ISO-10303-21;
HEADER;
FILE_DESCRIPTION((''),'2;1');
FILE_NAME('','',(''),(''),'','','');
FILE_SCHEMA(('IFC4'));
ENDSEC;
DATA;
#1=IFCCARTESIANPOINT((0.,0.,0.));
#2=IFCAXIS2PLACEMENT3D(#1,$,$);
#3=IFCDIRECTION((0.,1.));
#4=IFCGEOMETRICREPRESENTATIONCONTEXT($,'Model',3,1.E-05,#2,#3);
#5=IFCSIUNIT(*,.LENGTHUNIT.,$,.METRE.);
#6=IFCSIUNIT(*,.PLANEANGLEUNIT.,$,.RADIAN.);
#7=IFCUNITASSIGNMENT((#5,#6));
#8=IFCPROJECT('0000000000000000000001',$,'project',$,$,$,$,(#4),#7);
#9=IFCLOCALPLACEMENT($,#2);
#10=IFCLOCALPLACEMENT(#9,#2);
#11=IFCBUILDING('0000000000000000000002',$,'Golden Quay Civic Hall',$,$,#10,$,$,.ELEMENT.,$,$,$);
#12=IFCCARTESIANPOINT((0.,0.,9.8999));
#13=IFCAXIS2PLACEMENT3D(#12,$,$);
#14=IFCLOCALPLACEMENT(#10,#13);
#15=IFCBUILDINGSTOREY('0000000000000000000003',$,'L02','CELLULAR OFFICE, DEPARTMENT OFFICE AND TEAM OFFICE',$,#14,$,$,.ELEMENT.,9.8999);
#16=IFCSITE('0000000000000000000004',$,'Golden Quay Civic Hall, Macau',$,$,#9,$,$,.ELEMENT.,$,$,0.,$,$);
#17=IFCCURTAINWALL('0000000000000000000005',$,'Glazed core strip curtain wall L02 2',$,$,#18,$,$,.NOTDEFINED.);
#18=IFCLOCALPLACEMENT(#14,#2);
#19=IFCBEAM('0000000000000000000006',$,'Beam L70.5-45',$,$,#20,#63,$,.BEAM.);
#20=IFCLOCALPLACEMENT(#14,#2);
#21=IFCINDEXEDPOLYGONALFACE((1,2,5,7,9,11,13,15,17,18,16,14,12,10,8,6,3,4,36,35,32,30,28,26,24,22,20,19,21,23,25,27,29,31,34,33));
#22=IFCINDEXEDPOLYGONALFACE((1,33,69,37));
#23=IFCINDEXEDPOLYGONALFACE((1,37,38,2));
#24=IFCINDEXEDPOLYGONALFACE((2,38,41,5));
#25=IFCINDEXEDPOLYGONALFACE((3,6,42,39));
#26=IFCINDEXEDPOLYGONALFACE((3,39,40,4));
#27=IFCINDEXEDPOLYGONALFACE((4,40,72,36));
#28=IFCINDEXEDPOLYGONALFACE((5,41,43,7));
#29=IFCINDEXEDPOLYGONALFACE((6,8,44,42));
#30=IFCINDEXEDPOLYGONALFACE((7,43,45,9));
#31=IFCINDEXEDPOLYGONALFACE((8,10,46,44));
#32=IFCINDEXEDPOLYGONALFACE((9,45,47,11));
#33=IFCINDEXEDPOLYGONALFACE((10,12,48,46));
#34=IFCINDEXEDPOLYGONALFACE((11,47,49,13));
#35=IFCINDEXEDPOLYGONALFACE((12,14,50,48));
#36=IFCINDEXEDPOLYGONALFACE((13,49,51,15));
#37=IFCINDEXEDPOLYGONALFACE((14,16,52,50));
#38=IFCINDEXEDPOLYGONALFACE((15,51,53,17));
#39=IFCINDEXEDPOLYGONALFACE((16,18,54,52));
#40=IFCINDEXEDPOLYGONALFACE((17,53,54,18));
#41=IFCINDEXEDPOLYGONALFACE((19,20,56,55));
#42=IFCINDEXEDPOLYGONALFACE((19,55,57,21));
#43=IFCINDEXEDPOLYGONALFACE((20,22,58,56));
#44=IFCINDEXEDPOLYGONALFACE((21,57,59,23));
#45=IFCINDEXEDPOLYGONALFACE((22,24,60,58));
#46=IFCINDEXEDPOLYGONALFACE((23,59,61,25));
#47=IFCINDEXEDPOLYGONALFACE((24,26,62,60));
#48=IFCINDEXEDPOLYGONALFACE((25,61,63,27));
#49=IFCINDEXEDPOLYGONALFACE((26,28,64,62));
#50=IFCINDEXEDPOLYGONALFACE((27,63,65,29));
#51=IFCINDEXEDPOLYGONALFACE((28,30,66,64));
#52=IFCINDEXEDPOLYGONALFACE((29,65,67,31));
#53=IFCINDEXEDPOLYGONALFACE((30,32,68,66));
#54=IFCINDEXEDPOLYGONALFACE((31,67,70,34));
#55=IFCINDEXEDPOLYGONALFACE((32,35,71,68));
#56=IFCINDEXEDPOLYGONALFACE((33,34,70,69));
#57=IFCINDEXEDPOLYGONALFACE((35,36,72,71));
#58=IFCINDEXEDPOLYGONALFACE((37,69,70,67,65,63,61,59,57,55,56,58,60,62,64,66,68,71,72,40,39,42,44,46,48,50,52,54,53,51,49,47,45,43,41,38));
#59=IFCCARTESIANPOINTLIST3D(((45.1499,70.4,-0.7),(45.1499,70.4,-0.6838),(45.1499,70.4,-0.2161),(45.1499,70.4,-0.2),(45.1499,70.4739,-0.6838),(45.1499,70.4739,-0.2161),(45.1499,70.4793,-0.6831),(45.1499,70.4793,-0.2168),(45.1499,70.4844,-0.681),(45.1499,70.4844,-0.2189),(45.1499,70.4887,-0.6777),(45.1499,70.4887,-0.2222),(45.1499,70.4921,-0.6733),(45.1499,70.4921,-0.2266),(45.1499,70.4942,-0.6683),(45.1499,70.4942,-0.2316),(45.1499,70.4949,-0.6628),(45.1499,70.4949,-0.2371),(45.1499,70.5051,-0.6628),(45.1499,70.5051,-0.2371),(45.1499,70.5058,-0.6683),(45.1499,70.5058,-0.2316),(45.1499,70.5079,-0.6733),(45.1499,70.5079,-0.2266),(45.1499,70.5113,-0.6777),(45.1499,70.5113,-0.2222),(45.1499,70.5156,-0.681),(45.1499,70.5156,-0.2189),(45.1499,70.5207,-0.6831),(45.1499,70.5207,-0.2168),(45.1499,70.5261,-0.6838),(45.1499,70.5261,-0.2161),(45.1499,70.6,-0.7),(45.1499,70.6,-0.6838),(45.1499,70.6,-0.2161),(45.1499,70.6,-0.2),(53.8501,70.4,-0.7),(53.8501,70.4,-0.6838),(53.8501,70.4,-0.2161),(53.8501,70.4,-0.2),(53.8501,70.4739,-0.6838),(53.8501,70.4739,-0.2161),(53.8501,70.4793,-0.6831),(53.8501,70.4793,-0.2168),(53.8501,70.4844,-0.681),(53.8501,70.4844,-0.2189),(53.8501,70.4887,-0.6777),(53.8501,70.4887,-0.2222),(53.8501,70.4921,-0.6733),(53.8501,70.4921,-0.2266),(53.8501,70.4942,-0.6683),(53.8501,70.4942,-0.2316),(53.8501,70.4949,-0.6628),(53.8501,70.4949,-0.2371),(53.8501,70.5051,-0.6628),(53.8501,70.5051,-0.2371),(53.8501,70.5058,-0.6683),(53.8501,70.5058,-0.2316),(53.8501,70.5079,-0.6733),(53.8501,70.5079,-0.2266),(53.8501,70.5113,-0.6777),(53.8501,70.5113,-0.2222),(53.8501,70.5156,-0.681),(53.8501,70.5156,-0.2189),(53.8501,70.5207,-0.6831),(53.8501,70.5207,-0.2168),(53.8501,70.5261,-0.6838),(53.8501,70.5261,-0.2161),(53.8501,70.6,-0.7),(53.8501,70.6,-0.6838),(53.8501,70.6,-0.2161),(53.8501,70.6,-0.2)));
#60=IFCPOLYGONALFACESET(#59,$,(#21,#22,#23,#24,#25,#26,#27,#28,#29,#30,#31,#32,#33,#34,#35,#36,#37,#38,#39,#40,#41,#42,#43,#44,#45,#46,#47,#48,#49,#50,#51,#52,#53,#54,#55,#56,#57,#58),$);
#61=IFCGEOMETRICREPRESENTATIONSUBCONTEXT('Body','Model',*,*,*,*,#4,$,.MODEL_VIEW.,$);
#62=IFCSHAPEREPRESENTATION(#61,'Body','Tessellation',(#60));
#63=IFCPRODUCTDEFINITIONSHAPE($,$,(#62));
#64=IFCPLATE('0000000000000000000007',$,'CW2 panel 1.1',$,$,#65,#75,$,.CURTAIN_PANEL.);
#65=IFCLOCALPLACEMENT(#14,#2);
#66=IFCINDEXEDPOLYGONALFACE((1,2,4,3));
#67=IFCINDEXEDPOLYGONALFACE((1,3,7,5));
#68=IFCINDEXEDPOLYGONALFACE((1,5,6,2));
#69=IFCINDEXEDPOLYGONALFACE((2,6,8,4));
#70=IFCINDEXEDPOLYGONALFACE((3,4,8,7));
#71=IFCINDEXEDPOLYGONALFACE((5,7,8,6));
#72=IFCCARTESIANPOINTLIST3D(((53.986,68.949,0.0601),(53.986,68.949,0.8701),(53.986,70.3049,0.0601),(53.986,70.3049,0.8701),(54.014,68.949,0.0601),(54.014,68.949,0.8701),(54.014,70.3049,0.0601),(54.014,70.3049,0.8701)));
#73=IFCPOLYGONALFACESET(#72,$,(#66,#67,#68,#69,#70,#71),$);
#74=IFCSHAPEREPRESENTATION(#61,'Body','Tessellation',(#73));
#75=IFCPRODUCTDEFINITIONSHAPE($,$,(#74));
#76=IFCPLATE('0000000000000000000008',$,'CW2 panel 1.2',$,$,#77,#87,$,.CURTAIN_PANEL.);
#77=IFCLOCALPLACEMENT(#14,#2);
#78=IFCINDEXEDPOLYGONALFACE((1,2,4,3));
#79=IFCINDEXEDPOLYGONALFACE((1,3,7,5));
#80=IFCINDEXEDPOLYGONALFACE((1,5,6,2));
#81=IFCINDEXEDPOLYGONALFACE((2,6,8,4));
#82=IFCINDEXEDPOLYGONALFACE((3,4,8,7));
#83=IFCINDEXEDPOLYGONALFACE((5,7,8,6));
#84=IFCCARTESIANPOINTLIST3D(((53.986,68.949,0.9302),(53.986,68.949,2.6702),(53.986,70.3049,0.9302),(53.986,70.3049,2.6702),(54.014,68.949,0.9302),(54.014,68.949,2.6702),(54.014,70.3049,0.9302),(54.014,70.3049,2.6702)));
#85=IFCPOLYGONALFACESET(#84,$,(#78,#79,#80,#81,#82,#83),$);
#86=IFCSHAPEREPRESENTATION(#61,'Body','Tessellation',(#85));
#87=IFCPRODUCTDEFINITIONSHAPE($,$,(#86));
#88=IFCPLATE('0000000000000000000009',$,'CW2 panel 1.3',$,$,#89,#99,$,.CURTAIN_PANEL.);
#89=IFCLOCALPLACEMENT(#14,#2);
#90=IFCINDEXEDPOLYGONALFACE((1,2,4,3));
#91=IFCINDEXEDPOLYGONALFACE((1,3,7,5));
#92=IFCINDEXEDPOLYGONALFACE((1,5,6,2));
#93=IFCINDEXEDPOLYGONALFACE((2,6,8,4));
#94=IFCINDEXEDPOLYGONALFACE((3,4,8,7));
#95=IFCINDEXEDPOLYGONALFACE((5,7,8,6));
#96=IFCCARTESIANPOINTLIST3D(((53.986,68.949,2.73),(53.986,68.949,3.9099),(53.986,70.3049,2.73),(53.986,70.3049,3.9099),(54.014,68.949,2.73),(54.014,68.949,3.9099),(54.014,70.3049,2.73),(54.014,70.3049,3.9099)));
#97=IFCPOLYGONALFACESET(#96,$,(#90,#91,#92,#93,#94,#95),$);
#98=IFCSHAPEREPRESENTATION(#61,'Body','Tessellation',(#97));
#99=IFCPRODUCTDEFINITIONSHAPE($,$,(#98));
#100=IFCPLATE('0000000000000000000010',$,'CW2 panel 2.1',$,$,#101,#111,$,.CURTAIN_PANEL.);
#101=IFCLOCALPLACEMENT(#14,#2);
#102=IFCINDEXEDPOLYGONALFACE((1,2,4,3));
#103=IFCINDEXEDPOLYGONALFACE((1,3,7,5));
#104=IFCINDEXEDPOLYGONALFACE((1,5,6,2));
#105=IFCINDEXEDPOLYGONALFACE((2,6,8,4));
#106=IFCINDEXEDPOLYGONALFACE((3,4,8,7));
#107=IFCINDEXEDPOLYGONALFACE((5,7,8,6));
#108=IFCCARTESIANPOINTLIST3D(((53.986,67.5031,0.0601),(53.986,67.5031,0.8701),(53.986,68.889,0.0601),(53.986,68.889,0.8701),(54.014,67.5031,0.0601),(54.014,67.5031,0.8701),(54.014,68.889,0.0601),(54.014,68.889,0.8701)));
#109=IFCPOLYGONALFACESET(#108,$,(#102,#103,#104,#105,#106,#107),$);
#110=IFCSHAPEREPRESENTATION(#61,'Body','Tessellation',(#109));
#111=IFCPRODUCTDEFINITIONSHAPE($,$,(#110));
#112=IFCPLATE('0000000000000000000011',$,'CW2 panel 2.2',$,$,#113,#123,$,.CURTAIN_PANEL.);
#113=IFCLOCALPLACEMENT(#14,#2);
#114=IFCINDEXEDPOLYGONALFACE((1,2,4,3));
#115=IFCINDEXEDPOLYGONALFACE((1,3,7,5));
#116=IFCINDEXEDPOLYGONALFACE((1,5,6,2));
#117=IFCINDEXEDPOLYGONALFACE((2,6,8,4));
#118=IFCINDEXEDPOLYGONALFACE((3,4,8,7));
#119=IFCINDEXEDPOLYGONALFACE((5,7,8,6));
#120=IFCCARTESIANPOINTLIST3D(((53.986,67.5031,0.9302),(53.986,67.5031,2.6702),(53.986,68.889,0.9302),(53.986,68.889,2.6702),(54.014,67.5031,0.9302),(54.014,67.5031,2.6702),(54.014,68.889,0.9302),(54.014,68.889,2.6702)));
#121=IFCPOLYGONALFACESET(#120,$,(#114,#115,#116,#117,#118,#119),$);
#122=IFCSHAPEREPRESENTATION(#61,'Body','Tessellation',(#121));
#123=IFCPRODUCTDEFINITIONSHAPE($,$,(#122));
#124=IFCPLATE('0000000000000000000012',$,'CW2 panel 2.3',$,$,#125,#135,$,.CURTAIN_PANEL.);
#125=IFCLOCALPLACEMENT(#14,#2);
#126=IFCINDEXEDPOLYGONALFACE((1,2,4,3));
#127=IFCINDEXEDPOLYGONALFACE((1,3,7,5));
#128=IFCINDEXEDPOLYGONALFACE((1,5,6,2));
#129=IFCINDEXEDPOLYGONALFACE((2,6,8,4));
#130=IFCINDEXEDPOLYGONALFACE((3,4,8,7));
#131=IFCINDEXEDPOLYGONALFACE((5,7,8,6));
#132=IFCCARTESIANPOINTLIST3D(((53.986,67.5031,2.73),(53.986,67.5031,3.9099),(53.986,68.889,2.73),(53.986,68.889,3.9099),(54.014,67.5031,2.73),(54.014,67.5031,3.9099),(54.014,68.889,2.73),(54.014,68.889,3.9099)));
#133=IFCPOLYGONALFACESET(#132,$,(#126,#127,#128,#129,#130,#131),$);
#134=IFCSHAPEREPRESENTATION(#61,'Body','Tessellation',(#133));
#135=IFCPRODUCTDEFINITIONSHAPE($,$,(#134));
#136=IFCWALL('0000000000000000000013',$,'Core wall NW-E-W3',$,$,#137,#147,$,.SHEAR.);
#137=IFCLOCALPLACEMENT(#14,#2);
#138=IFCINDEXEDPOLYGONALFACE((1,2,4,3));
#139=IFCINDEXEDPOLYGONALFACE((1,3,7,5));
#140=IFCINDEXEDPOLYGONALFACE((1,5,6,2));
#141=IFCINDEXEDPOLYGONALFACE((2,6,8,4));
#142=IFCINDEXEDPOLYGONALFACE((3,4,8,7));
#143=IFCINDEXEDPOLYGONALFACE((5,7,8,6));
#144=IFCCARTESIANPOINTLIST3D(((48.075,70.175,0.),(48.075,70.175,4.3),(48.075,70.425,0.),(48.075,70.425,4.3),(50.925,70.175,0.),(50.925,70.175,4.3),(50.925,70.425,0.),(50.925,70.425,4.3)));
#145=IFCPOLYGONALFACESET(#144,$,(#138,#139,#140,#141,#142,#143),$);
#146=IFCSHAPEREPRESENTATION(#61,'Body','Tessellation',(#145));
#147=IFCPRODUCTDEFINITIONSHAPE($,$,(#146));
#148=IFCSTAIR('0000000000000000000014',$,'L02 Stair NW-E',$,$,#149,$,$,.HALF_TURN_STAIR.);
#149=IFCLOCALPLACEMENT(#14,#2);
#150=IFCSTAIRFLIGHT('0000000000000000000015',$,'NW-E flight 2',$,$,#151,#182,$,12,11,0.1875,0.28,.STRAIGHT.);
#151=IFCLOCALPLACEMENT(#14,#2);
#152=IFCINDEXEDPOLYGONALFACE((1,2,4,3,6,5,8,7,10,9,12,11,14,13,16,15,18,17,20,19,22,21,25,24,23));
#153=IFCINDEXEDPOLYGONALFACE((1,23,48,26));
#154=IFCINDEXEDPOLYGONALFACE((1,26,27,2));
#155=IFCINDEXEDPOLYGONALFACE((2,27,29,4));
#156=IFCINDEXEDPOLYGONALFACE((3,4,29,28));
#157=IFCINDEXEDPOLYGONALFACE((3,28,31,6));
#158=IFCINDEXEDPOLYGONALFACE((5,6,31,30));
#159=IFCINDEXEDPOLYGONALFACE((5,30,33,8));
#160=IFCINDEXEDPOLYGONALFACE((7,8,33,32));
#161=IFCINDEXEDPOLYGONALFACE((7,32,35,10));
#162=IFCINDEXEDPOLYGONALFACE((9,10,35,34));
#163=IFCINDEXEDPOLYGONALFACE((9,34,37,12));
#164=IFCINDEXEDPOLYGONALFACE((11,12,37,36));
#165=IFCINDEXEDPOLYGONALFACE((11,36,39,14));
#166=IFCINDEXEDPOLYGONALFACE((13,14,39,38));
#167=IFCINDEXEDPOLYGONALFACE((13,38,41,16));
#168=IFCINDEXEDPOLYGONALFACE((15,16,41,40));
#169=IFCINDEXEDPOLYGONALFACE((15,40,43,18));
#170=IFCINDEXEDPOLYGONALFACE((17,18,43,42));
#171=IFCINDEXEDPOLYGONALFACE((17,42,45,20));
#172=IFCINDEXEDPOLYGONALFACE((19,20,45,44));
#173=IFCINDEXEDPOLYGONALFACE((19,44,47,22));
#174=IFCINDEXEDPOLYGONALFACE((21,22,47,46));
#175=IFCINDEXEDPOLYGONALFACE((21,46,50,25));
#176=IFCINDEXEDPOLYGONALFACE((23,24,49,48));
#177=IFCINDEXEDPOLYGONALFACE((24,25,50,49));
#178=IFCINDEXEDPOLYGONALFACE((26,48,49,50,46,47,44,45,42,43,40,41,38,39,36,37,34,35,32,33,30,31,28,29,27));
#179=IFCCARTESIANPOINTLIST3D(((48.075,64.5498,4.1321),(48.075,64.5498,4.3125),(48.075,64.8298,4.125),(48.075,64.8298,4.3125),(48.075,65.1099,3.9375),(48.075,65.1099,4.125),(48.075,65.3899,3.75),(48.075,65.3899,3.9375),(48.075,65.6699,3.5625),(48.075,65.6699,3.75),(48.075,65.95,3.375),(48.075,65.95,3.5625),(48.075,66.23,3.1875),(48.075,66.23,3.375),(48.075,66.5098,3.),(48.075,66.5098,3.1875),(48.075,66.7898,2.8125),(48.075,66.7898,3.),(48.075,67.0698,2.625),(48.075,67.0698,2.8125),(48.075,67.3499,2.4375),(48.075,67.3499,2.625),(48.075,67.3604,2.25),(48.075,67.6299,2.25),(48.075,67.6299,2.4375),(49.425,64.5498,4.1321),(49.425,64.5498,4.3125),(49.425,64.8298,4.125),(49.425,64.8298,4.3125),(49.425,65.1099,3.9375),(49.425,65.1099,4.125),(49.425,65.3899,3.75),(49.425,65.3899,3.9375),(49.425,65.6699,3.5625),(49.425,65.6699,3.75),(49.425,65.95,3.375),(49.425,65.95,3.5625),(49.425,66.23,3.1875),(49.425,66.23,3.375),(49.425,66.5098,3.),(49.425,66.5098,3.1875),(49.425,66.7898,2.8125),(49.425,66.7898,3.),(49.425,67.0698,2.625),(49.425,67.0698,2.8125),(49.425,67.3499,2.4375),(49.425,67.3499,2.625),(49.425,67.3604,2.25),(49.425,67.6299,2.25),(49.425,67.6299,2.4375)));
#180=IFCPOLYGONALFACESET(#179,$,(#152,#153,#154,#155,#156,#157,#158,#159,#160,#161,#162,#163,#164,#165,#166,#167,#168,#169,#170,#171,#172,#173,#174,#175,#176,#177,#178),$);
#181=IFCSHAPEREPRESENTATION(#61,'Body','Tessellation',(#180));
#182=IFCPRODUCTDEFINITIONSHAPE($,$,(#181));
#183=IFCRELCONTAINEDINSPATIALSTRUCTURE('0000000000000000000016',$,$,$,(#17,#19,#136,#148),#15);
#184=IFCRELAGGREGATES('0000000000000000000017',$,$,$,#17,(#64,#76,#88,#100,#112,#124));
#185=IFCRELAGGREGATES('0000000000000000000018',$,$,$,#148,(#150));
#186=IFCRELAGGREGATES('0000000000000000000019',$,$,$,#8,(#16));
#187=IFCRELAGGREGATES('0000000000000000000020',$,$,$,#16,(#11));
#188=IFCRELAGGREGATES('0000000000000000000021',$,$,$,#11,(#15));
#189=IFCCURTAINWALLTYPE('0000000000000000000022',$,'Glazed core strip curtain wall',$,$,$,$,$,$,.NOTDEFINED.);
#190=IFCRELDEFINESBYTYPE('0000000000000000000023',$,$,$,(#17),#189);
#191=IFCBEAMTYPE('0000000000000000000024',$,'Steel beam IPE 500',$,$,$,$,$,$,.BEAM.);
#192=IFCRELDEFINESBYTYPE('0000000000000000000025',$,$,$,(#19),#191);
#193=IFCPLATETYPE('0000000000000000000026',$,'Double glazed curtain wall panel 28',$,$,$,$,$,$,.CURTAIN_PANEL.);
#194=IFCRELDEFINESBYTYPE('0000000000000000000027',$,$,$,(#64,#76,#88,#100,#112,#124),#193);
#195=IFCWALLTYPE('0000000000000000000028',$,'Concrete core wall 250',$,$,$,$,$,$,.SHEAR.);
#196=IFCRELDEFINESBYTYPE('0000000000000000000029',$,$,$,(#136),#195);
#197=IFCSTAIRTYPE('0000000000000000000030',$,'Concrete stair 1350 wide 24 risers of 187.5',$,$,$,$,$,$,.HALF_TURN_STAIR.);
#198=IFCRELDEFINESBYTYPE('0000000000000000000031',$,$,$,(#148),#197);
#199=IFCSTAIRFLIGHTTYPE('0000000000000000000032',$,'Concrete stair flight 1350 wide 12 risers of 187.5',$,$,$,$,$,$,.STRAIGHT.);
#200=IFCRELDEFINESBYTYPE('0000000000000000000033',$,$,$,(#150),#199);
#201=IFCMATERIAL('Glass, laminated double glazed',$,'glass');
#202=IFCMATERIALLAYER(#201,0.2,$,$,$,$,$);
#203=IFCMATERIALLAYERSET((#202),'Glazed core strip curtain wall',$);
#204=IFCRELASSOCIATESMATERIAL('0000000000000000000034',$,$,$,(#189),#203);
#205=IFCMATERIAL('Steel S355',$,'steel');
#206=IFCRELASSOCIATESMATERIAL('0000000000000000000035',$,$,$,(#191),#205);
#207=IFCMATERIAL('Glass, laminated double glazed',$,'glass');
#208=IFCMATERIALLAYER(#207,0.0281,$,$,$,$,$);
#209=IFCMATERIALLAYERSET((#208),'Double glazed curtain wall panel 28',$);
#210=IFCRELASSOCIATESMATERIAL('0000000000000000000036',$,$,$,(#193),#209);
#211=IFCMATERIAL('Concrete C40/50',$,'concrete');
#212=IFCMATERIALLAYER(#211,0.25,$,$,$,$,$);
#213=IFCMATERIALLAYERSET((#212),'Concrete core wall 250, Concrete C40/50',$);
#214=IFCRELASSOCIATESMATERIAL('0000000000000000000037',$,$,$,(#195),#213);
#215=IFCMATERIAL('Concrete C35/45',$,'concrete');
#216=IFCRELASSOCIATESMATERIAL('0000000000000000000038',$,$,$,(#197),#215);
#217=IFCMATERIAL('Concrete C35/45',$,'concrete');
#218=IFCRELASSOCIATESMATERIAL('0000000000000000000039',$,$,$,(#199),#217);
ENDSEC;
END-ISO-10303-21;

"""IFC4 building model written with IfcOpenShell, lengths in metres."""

from ifc_helpers import new_model, si_unit, direction, frame, frame_2d, origin, origin_2d, place, context, subcontext, project, spatial, polyline, rectangle, i_section, outline, extrude, material, layer, layer_set, material_profile, profile_set, type_object, element, aggregate, save


model = new_model("IFC4")

# Units and contexts
model_context = context("Model", 3, precision=1e-05, world=origin(), true_north=direction((0.0, 1.0)))
body_context = subcontext(model_context, "Body", "Model", "MODEL_VIEW")
ifc_project = project(units=[si_unit("LENGTHUNIT", "METRE"), si_unit("PLANEANGLEUNIT", "RADIAN")], contexts=[model_context])

# Site, building, storey
site_placement = place(None, origin())
site = spatial("IfcSite", under=ifc_project, at=site_placement, Name="Golden Quay Civic Hall, Macau", CompositionType="ELEMENT", RefElevation=0.0)
building_placement = place(site_placement, origin())
building = spatial("IfcBuilding", under=site, at=building_placement, Name="Golden Quay Civic Hall", CompositionType="ELEMENT")
storey_placement = place(building_placement, frame((0.0, 0.0, 9.8999)))
storey = spatial("IfcBuildingStorey", under=building, at=storey_placement, Name="L02", Description="CELLULAR OFFICE, DEPARTMENT OFFICE AND TEAM OFFICE", CompositionType="ELEMENT", Elevation=9.8999)

# Curtain wall
ifc_material_1 = material(Name="Glass, laminated double glazed", Category="glass")
ifc_layer_1 = layer(ifc_material_1, 0.2)
ifc_layer_set_1 = layer_set([ifc_layer_1], Name="Glazed core strip curtain wall")
curtain_wall_type = type_object("IfcCurtainWallType", Name="Glazed core strip curtain wall", PredefinedType="NOTDEFINED", material=ifc_layer_set_1)
curtain_wall_placement = place(storey_placement, origin())
curtain_wall = element("IfcCurtainWall", 1, at=curtain_wall_placement, inside=storey, type_object=curtain_wall_type, Name="Glazed core strip curtain wall L02 2", PredefinedType="NOTDEFINED")

# Beam
ifc_material_2 = material(Name="Steel S355", Category="steel")
ifc_material_profile_1 = material_profile(ifc_material_2, i_section(OverallWidth=0.2, OverallDepth=0.5, WebThickness=0.0103, FlangeThickness=0.0161, FilletRadius=0.021, at=origin_2d()), Name="IPE 500")
ifc_profile_set_1 = profile_set([ifc_material_profile_1], Name="Steel S355")
beam_type = type_object("IfcBeamType", Name="Steel beam IPE 500", PredefinedType="BEAM", material=ifc_profile_set_1)
beam_placement = place(storey_placement, frame((45.1499, 70.5, -0.45), z_axis=(1.0, 0.0, 0.0), x_axis=(0.0, 1.0, 0.0)))
element("IfcBeam", 2, at=beam_placement, inside=storey, type_object=beam_type, Name="Beam L70.5-45", PredefinedType="BEAM", context=body_context, shape_type="SweptSolid", body=[
    extrude(i_section(OverallWidth=0.2, OverallDepth=0.5, WebThickness=0.0103, FlangeThickness=0.0161, FilletRadius=0.021, at=origin_2d()), origin(), (0.0, 0.0, 1.0), 8.7002),
])

# Plates
ifc_material_3 = material(Name="Glass, laminated double glazed", Category="glass")
ifc_layer_2 = layer(ifc_material_3, 0.0281)
ifc_layer_set_2 = layer_set([ifc_layer_2], Name="Double glazed curtain wall panel 28")
plate_type = type_object("IfcPlateType", Name="Double glazed curtain wall panel 28", PredefinedType="CURTAIN_PANEL", material=ifc_layer_set_2)
plate_1_placement = place(storey_placement, frame((54.0, 69.627, 0.0601), z_axis=(0.0, 0.0, 1.0), x_axis=(0.0, -1.0, 0.0)))
plate_1 = element("IfcPlate", 3, at=plate_1_placement, type_object=plate_type, Name="CW2 panel 1.1", PredefinedType="CURTAIN_PANEL", context=body_context, shape_type="SweptSolid", body=[
    extrude(rectangle(XDim=1.356, YDim=0.0281, at=origin_2d()), origin(), (0.0, 0.0, 1.0), 0.8101),
])
plate_2_placement = place(storey_placement, frame((54.0, 69.627, 0.9302), z_axis=(0.0, 0.0, 1.0), x_axis=(0.0, -1.0, 0.0)))
plate_2 = element("IfcPlate", 4, at=plate_2_placement, type_object=plate_type, Name="CW2 panel 1.2", PredefinedType="CURTAIN_PANEL", context=body_context, shape_type="SweptSolid", body=[
    extrude(rectangle(XDim=1.356, YDim=0.0281, at=origin_2d()), origin(), (0.0, 0.0, 1.0), 1.74),
])
plate_3_placement = place(storey_placement, frame((54.0, 69.627, 2.73), z_axis=(0.0, 0.0, 1.0), x_axis=(0.0, -1.0, 0.0)))
plate_3 = element("IfcPlate", 5, at=plate_3_placement, type_object=plate_type, Name="CW2 panel 1.3", PredefinedType="CURTAIN_PANEL", context=body_context, shape_type="SweptSolid", body=[
    extrude(rectangle(XDim=1.356, YDim=0.0281, at=origin_2d()), origin(), (0.0, 0.0, 1.0), 1.1799),
])
plate_4_placement = place(storey_placement, frame((54.0, 68.196, 0.0601), z_axis=(0.0, 0.0, 1.0), x_axis=(0.0, -1.0, 0.0)))
plate_4 = element("IfcPlate", 6, at=plate_4_placement, type_object=plate_type, Name="CW2 panel 2.1", PredefinedType="CURTAIN_PANEL", context=body_context, shape_type="SweptSolid", body=[
    extrude(rectangle(XDim=1.386, YDim=0.0281, at=origin_2d()), origin(), (0.0, 0.0, 1.0), 0.8101),
])
plate_5_placement = place(storey_placement, frame((54.0, 68.196, 0.9302), z_axis=(0.0, 0.0, 1.0), x_axis=(0.0, -1.0, 0.0)))
plate_5 = element("IfcPlate", 7, at=plate_5_placement, type_object=plate_type, Name="CW2 panel 2.2", PredefinedType="CURTAIN_PANEL", context=body_context, shape_type="SweptSolid", body=[
    extrude(rectangle(XDim=1.386, YDim=0.0281, at=origin_2d()), origin(), (0.0, 0.0, 1.0), 1.74),
])
plate_6_placement = place(storey_placement, frame((54.0, 68.196, 2.73), z_axis=(0.0, 0.0, 1.0), x_axis=(0.0, -1.0, 0.0)))
plate_6 = element("IfcPlate", 8, at=plate_6_placement, type_object=plate_type, Name="CW2 panel 2.3", PredefinedType="CURTAIN_PANEL", context=body_context, shape_type="SweptSolid", body=[
    extrude(rectangle(XDim=1.386, YDim=0.0281, at=origin_2d()), origin(), (0.0, 0.0, 1.0), 1.1799),
])
aggregate(curtain_wall, [plate_1, plate_2, plate_3, plate_4, plate_5, plate_6])

# Wall
ifc_material_4 = material(Name="Concrete C40/50", Category="concrete")
ifc_layer_3 = layer(ifc_material_4, 0.25)
ifc_layer_set_3 = layer_set([ifc_layer_3], Name="Concrete core wall 250, Concrete C40/50")
wall_type = type_object("IfcWallType", Name="Concrete core wall 250", PredefinedType="SHEAR", material=ifc_layer_set_3)
wall_placement = place(storey_placement, frame((48.075, 70.3, 0.0), z_axis=(0.0, 0.0, 1.0), x_axis=(1.0, 0.0, 0.0)))
element("IfcWall", 9, at=wall_placement, inside=storey, type_object=wall_type, Name="Core wall NW-E-W3", PredefinedType="SHEAR", context=body_context, shape_type="SweptSolid", body=[
    extrude(rectangle(XDim=2.8501, YDim=0.25, at=frame_2d((1.425, 0.0))), origin(), (0.0, 0.0, 1.0), 4.3),
])

# Stair, stair flight
ifc_material_5 = material(Name="Concrete C35/45", Category="concrete")
stair_type = type_object("IfcStairType", Name="Concrete stair 1350 wide 24 risers of 187.5", PredefinedType="HALF_TURN_STAIR", material=ifc_material_5)
stair_placement = place(storey_placement, origin())
stair = element("IfcStair", 10, at=stair_placement, inside=storey, type_object=stair_type, Name="L02 Stair NW-E", PredefinedType="HALF_TURN_STAIR")
ifc_material_6 = material(Name="Concrete C35/45", Category="concrete")
stair_flight_type = type_object("IfcStairFlightType", Name="Concrete stair flight 1350 wide 12 risers of 187.5", PredefinedType="STRAIGHT", material=ifc_material_6)
stair_flight_placement = place(storey_placement, frame((48.75, 67.6299, 2.25), z_axis=(0.0, 0.0, 1.0), x_axis=(0.0, -1.0, 0.0)))
stair_flight = element("IfcStairFlight", 11, at=stair_flight_placement, type_object=stair_flight_type, Name="NW-E flight 2", NumberOfRisers=12, NumberOfTreads=11, PredefinedType="STRAIGHT", RiserHeight=0.1875, TreadLength=0.28, context=body_context, shape_type="SweptSolid", body=[
    extrude(outline(polyline([(0.0, 0.0), (0.0, 0.1875), (0.28, 0.1875), (0.28, 0.375), (0.5601, 0.375), (0.5601, 0.5625), (0.8401, 0.5625), (0.8401, 0.75), (1.1201, 0.75), (1.1201, 0.9375), (1.3999, 0.9375), (1.3999, 1.125), (1.6799, 1.125), (1.6799, 1.3125), (1.96, 1.3125), (1.96, 1.5), (2.24, 1.5), (2.24, 1.6875), (2.52, 1.6875), (2.52, 1.875), (2.8, 1.875), (2.8, 2.0625), (3.0801, 2.0625), (3.0801, 2.25), (3.0801, 1.8821), (0.2695, 0.0), (0.0, 0.0)])), frame((0.0, 0.675, 0.0), z_axis=(0.0, -1.0, 0.0), x_axis=(1.0, 0.0, 0.0)), (0.0, 0.0, 1.0), 1.35),
])
aggregate(stair, [stair_flight])

save(model, "model.ifc")
